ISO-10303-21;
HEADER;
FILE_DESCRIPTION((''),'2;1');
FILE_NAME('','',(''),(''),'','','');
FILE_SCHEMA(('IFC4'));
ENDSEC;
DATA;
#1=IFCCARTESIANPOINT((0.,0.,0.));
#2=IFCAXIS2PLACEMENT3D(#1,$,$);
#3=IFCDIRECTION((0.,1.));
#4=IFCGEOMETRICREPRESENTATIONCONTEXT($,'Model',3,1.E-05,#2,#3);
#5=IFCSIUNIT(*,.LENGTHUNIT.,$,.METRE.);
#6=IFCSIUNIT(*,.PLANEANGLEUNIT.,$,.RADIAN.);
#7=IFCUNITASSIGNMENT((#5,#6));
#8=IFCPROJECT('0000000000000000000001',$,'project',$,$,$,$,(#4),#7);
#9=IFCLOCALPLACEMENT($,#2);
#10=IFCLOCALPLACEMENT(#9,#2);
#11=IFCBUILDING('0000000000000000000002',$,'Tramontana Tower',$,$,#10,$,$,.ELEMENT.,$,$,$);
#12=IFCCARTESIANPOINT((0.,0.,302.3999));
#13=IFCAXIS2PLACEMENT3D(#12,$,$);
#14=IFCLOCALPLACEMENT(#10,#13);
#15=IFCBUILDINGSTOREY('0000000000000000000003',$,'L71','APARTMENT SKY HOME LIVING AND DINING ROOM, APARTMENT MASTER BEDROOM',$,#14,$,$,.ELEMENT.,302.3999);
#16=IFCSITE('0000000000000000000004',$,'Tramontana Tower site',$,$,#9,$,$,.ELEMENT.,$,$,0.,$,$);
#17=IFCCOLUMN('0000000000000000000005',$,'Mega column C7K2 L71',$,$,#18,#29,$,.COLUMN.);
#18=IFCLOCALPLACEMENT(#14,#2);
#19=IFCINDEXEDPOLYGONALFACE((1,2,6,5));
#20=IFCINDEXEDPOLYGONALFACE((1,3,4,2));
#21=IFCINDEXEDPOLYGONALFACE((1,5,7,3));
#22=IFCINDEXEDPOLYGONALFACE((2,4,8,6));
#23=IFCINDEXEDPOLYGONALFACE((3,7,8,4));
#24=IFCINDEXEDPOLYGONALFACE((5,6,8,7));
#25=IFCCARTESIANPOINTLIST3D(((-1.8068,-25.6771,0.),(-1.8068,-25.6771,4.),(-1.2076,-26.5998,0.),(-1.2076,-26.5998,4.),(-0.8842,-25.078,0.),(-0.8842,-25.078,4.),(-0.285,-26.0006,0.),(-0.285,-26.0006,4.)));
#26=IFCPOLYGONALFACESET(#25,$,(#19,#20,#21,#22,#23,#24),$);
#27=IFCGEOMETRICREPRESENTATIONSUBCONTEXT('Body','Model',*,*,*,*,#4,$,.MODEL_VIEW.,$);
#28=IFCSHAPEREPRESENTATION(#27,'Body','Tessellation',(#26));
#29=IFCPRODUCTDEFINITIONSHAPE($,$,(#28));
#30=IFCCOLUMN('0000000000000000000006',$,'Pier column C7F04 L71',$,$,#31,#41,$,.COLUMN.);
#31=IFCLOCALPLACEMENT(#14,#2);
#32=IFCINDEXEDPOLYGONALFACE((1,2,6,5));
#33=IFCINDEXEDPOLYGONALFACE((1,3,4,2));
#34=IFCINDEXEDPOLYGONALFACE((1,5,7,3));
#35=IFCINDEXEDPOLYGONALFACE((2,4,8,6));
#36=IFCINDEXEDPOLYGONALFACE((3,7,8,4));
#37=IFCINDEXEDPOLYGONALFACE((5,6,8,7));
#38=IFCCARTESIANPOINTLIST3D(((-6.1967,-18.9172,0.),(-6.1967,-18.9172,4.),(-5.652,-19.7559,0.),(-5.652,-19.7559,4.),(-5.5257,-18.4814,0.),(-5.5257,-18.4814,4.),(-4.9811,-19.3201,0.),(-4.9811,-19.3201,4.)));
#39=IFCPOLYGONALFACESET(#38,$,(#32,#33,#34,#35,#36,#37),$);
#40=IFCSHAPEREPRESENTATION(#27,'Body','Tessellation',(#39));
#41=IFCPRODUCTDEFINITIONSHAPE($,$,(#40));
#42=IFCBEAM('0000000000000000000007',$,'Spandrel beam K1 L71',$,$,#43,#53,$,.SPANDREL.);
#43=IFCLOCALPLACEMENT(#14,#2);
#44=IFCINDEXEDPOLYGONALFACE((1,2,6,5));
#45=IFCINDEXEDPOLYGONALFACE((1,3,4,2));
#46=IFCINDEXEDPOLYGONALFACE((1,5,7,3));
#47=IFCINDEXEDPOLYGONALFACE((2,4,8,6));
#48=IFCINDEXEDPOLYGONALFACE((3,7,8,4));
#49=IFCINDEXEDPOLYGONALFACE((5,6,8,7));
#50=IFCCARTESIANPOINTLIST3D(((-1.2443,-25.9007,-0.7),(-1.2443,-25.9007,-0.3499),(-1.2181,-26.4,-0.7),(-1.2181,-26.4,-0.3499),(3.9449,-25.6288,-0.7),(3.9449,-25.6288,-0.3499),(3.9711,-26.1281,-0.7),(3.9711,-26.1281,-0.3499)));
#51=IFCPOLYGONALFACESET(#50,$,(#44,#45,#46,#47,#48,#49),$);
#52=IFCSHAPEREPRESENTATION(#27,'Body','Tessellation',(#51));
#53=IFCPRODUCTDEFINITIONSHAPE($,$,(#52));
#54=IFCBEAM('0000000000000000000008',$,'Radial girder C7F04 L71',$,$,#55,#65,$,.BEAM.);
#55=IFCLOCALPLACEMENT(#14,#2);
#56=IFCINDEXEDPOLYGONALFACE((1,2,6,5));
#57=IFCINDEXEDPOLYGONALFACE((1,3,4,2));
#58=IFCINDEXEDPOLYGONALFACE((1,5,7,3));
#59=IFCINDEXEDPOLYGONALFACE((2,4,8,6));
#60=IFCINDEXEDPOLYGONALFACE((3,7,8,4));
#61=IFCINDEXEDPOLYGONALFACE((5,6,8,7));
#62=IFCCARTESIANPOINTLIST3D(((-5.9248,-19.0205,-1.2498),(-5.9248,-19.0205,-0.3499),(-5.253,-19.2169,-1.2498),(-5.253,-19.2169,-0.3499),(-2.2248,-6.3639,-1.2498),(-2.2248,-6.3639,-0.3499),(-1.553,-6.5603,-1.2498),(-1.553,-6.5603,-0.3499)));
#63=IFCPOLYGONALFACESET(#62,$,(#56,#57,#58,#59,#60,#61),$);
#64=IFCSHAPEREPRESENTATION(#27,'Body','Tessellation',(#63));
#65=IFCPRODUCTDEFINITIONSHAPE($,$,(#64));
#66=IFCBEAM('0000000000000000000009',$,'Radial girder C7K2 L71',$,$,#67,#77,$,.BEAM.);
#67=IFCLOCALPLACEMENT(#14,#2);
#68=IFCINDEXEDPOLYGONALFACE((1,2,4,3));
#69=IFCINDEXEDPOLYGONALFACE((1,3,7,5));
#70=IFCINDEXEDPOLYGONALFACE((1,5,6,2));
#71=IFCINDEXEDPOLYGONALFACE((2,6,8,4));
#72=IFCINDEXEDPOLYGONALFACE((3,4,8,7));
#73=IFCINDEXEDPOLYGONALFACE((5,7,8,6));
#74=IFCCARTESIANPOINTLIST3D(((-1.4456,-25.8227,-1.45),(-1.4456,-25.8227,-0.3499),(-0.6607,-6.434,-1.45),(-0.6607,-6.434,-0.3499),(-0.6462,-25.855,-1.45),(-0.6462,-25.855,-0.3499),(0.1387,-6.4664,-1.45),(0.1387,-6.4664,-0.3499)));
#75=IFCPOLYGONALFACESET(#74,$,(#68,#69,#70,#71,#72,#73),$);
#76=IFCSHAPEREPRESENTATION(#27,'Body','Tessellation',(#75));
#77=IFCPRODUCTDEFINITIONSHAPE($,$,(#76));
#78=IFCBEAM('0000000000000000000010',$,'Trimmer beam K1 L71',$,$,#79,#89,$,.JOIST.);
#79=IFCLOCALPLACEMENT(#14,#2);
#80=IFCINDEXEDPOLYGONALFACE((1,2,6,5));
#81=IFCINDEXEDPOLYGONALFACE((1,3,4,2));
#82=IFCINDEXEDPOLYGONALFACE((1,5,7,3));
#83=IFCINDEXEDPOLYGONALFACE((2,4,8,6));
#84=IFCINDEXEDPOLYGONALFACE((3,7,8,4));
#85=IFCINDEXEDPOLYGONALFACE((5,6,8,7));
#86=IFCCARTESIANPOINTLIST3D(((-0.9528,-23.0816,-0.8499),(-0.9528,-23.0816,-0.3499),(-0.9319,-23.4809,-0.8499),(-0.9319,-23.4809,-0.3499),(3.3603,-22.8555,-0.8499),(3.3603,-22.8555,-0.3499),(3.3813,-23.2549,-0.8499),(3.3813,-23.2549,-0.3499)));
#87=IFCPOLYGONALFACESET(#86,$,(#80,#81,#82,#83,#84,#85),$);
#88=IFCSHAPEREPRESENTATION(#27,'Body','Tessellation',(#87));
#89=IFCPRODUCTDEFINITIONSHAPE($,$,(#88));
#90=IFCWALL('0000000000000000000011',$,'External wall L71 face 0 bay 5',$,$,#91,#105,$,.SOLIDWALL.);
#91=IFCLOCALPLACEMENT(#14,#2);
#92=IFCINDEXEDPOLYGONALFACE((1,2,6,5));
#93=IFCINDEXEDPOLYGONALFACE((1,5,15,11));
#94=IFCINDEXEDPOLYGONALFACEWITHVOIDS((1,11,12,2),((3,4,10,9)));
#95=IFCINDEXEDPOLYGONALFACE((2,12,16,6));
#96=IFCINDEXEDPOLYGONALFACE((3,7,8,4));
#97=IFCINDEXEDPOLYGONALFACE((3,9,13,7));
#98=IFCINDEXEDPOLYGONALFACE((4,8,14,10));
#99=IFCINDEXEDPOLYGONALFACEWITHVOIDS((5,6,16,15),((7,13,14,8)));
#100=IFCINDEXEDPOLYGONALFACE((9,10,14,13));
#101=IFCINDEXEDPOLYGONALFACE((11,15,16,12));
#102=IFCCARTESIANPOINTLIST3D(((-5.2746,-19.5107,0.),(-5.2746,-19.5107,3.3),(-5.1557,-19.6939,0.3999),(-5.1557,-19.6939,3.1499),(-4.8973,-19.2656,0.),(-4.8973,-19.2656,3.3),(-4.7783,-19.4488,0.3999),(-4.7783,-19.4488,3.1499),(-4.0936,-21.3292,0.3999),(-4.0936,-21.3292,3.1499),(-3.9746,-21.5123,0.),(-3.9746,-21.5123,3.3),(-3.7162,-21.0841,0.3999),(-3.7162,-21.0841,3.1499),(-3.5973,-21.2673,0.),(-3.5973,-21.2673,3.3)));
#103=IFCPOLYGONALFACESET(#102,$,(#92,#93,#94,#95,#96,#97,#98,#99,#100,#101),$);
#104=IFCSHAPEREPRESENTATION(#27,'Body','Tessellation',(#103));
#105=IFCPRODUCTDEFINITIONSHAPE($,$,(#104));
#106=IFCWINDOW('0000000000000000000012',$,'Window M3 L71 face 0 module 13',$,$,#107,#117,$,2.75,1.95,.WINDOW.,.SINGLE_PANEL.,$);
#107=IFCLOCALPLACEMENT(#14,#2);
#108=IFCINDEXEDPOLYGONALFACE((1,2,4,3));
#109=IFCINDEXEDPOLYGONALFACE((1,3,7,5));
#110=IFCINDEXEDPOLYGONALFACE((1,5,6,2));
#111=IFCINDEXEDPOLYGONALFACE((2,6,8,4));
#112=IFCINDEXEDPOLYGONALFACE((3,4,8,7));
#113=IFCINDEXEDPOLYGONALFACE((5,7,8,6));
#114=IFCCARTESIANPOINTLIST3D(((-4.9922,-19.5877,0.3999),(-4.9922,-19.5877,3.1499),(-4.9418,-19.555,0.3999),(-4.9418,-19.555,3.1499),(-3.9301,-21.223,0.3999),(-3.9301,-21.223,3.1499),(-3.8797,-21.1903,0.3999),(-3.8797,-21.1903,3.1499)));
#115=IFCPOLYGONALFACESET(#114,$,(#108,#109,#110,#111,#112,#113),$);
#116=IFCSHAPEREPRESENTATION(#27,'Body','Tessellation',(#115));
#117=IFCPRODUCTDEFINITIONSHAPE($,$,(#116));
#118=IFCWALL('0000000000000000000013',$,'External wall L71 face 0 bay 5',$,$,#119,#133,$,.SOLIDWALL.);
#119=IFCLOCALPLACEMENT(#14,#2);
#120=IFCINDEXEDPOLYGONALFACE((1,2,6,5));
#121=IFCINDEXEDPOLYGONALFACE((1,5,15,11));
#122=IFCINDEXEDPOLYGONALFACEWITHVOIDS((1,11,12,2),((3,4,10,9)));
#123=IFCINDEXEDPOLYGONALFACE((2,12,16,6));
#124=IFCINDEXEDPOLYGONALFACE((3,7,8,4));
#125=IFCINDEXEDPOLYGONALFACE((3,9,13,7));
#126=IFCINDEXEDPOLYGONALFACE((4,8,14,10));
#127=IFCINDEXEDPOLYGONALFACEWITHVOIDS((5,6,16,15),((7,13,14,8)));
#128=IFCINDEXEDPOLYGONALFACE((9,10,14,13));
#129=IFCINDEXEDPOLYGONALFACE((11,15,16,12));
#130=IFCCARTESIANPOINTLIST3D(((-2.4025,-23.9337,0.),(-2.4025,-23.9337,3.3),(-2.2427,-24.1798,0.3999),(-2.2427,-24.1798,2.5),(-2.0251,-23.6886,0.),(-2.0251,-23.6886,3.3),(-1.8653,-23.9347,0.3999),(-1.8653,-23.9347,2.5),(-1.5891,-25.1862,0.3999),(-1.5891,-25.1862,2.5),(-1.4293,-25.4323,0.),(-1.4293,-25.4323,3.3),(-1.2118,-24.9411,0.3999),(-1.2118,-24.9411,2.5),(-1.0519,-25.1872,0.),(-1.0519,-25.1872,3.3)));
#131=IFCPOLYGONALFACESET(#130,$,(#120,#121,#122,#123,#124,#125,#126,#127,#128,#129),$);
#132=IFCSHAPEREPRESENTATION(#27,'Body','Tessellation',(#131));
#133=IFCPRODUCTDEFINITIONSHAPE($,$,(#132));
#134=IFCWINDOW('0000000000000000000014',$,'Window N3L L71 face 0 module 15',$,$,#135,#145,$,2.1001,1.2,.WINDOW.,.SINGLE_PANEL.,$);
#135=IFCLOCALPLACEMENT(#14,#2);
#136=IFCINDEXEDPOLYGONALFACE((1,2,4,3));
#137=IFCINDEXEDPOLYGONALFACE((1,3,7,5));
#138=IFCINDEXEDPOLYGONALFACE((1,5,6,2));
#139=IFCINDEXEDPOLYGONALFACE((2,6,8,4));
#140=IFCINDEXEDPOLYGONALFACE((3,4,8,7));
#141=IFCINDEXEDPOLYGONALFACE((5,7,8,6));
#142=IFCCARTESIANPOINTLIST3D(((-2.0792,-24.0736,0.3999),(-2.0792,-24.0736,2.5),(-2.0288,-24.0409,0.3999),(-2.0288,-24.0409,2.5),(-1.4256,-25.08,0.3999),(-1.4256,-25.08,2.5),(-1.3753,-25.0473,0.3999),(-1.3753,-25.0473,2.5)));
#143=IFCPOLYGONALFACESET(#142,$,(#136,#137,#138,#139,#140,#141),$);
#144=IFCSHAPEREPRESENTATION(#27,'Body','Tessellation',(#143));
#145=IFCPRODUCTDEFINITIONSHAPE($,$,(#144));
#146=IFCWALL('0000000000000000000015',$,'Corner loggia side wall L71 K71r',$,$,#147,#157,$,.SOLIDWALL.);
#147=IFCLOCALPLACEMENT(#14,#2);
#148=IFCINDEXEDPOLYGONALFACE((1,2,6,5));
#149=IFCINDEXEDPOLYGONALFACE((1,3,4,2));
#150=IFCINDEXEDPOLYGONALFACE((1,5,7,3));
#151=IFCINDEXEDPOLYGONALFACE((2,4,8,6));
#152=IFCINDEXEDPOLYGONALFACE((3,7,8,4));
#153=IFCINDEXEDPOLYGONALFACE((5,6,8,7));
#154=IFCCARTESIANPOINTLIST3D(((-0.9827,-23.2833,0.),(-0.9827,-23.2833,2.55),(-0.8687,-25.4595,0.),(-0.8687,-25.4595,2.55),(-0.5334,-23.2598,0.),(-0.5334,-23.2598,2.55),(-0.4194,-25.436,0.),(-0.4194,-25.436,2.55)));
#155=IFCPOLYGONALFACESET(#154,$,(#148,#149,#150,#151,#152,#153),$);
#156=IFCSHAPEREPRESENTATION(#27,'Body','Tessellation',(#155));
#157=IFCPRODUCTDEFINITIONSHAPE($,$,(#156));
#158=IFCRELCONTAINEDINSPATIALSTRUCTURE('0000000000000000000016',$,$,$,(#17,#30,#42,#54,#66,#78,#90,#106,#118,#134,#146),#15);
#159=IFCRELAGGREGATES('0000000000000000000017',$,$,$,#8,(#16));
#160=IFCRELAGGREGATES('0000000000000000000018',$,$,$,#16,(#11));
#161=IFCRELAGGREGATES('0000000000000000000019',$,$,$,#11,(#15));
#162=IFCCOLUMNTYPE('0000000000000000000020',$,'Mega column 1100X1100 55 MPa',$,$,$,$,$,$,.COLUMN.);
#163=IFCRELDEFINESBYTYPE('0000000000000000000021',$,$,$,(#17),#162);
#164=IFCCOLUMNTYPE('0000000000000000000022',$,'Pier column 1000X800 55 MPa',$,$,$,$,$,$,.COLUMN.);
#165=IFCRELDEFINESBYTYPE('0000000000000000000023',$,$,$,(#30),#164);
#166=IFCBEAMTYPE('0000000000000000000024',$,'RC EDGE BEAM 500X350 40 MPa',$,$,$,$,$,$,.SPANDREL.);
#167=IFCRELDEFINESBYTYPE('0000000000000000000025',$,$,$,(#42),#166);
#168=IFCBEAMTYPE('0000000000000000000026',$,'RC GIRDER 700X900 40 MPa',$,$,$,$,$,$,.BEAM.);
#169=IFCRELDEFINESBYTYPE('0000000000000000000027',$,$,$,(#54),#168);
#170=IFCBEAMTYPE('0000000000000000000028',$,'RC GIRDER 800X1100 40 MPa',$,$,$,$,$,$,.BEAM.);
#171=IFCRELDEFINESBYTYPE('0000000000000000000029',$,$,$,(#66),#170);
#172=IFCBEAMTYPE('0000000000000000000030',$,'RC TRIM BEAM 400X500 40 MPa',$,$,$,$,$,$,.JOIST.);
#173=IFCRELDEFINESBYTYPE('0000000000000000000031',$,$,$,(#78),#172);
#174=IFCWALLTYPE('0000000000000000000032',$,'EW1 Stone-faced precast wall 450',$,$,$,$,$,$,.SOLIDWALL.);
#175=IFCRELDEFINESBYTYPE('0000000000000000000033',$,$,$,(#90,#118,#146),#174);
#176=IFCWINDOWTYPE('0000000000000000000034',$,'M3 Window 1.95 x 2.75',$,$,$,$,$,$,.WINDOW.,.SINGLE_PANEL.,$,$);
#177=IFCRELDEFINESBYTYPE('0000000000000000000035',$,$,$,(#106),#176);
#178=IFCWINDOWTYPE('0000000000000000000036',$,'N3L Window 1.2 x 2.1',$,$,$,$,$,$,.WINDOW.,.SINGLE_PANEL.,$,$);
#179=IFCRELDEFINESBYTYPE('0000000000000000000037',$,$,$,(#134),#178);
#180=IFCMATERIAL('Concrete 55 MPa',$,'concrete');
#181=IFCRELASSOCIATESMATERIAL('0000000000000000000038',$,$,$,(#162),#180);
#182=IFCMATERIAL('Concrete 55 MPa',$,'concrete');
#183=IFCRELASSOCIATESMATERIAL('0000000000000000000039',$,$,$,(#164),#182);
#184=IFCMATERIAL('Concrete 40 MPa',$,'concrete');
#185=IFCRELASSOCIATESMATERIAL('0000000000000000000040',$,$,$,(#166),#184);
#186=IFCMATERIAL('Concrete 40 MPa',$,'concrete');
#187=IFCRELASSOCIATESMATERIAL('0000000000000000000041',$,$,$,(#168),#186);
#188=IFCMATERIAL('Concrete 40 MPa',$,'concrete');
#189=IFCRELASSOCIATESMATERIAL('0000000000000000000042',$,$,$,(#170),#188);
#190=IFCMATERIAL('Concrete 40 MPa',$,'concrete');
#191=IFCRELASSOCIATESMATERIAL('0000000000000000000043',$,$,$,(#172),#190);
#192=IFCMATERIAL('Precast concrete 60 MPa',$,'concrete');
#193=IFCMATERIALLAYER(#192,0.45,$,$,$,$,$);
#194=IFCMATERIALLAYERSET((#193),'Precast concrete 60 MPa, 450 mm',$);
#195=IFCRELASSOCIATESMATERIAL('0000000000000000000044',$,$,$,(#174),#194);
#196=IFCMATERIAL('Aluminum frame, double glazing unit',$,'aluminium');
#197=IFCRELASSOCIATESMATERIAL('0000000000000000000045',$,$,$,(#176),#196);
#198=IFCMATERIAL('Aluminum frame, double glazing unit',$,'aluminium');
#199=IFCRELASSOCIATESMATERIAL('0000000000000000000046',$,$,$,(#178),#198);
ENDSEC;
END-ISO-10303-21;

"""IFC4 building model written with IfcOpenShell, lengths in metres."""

from ifc_helpers import new_model, si_unit, direction, frame, frame_2d, origin, origin_2d, place, context, subcontext, project, spatial, rectangle, extrude, material, layer, layer_set, material_profile, profile_set, type_object, element, fill, save


model = new_model("IFC4")

# Units and contexts
model_context = context("Model", 3, precision=1e-05, world=origin(), true_north=direction((0.0, 1.0)))
body_context = subcontext(model_context, "Body", "Model", "MODEL_VIEW")
ifc_project = project(units=[si_unit("LENGTHUNIT", "METRE"), si_unit("PLANEANGLEUNIT", "RADIAN")], contexts=[model_context])

# Site, building, storey
site_placement = place(None, origin())
site = spatial("IfcSite", under=ifc_project, at=site_placement, Name="Tramontana Tower site", CompositionType="ELEMENT", RefElevation=0.0)
building_placement = place(site_placement, origin())
building = spatial("IfcBuilding", under=site, at=building_placement, Name="Tramontana Tower", CompositionType="ELEMENT")
storey_placement = place(building_placement, frame((0.0, 0.0, 302.3999)))
storey = spatial("IfcBuildingStorey", under=building, at=storey_placement, Name="L71", Description="APARTMENT SKY HOME LIVING AND DINING ROOM, APARTMENT MASTER BEDROOM", CompositionType="ELEMENT", Elevation=302.3999)

# Columns
ifc_material_1 = material(Name="Concrete 55 MPa", Category="concrete")
ifc_material_profile_1 = material_profile(ifc_material_1, rectangle(XDim=1.1001, YDim=1.1001, at=origin_2d()), Name="Mega column 1100X1100 55 MPa")
ifc_profile_set_1 = profile_set([ifc_material_profile_1], Name="Concrete 55 MPa")
column_type_1 = type_object("IfcColumnType", Name="Mega column 1100X1100 55 MPa", PredefinedType="COLUMN", material=ifc_profile_set_1)
column_1_placement = place(storey_placement, frame((-1.0459, -25.8389, 0.0), z_axis=(0.0, 0.0, 1.0), x_axis=(0.544639, -0.838671, 0.0)))
element("IfcColumn", 1, at=column_1_placement, inside=storey, type_object=column_type_1, Name="Mega column C7K2 L71", PredefinedType="COLUMN", context=body_context, shape_type="SweptSolid", body=[
    extrude(rectangle(XDim=1.1001, YDim=1.1001, at=origin_2d()), origin(), (0.0, 0.0, 1.0), 4.0),
])
ifc_material_2 = material(Name="Concrete 55 MPa", Category="concrete")
ifc_material_profile_2 = material_profile(ifc_material_2, rectangle(XDim=1.0, YDim=0.8, at=origin_2d()), Name="Pier column 1000X800 55 MPa")
ifc_profile_set_2 = profile_set([ifc_material_profile_2], Name="Concrete 55 MPa")
column_type_2 = type_object("IfcColumnType", Name="Pier column 1000X800 55 MPa", PredefinedType="COLUMN", material=ifc_profile_set_2)
column_2_placement = place(storey_placement, frame((-5.5889, -19.1187, 0.0), z_axis=(0.0, 0.0, 1.0), x_axis=(0.544639, -0.838671, 0.0)))
element("IfcColumn", 2, at=column_2_placement, inside=storey, type_object=column_type_2, Name="Pier column C7F04 L71", PredefinedType="COLUMN", context=body_context, shape_type="SweptSolid", body=[
    extrude(rectangle(XDim=1.0, YDim=0.8, at=origin_2d()), origin(), (0.0, 0.0, 1.0), 4.0),
])

# Beams
ifc_material_3 = material(Name="Concrete 40 MPa", Category="concrete")
ifc_material_profile_3 = material_profile(ifc_material_3, rectangle(XDim=0.5, YDim=0.3501, at=origin_2d()), Name="RC EDGE BEAM 500X350 40 MPa")
ifc_profile_set_3 = profile_set([ifc_material_profile_3], Name="Concrete 40 MPa")
beam_type_1 = type_object("IfcBeamType", Name="RC EDGE BEAM 500X350 40 MPa", PredefinedType="SPANDREL", material=ifc_profile_set_3)
beam_1_placement = place(storey_placement, frame((-1.2312, -26.1504, -0.5249), z_axis=(0.998629, 0.052339, 0.0), x_axis=(-0.052339, 0.998629, 0.0)))
element("IfcBeam", 3, at=beam_1_placement, inside=storey, type_object=beam_type_1, Name="Spandrel beam K1 L71", PredefinedType="SPANDREL", context=body_context, shape_type="SweptSolid", body=[
    extrude(rectangle(XDim=0.5, YDim=0.3501, at=origin_2d()), origin(), (0.0, 0.0, 1.0), 5.1963),
])
ifc_material_4 = material(Name="Concrete 40 MPa", Category="concrete")
ifc_material_profile_4 = material_profile(ifc_material_4, rectangle(XDim=0.7, YDim=0.8999, at=origin_2d()), Name="RC GIRDER 700X900 40 MPa")
ifc_profile_set_4 = profile_set([ifc_material_profile_4], Name="Concrete 40 MPa")
beam_type_2 = type_object("IfcBeamType", Name="RC GIRDER 700X900 40 MPa", PredefinedType="BEAM", material=ifc_profile_set_4)
beam_2_placement = place(storey_placement, frame((-5.5889, -19.1187, -0.7998), z_axis=(0.280592, 0.959827, 0.0), x_axis=(-0.959827, 0.280592, 0.0)))
element("IfcBeam", 4, at=beam_2_placement, inside=storey, type_object=beam_type_2, Name="Radial girder C7F04 L71", PredefinedType="BEAM", context=body_context, shape_type="SweptSolid", body=[
    extrude(rectangle(XDim=0.7, YDim=0.8999, at=origin_2d()), origin(), (0.0, 0.0, 1.0), 13.1863),
])
ifc_material_5 = material(Name="Concrete 40 MPa", Category="concrete")
ifc_material_profile_5 = material_profile(ifc_material_5, rectangle(XDim=0.8, YDim=1.1001, at=origin_2d()), Name="RC GIRDER 800X1100 40 MPa")
ifc_profile_set_5 = profile_set([ifc_material_profile_5], Name="Concrete 40 MPa")
beam_type_3 = type_object("IfcBeamType", Name="RC GIRDER 800X1100 40 MPa", PredefinedType="BEAM", material=ifc_profile_set_5)
beam_3_placement = place(storey_placement, frame((-1.0459, -25.8389, -0.8999), z_axis=(0.04045, 0.999182, 0.0), x_axis=(-0.999182, 0.04045, 0.0)))
element("IfcBeam", 5, at=beam_3_placement, inside=storey, type_object=beam_type_3, Name="Radial girder C7K2 L71", PredefinedType="BEAM", context=body_context, shape_type="SweptSolid", body=[
    extrude(rectangle(XDim=0.8, YDim=1.1001, at=origin_2d()), origin(), (0.0, 0.0, 1.0), 19.4045),
])
ifc_material_6 = material(Name="Concrete 40 MPa", Category="concrete")
ifc_material_profile_6 = material_profile(ifc_material_6, rectangle(XDim=0.3999, YDim=0.5, at=origin_2d()), Name="RC TRIM BEAM 400X500 40 MPa")
ifc_profile_set_6 = profile_set([ifc_material_profile_6], Name="Concrete 40 MPa")
beam_type_4 = type_object("IfcBeamType", Name="RC TRIM BEAM 400X500 40 MPa", PredefinedType="JOIST", material=ifc_profile_set_6)
beam_4_placement = place(storey_placement, frame((-0.9424, -23.2812, -0.5999), z_axis=(0.998629, 0.052342, 0.0), x_axis=(-0.052342, 0.998629, 0.0)))
element("IfcBeam", 6, at=beam_4_placement, inside=storey, type_object=beam_type_4, Name="Trimmer beam K1 L71", PredefinedType="JOIST", context=body_context, shape_type="SweptSolid", body=[
    extrude(rectangle(XDim=0.3999, YDim=0.5, at=origin_2d()), origin(), (0.0, 0.0, 1.0), 4.3191),
])

# Walls, openings, windows
ifc_material_7 = material(Name="Precast concrete 60 MPa", Category="concrete")
ifc_layer_1 = layer(ifc_material_7, 0.45)
ifc_layer_set_1 = layer_set([ifc_layer_1], Name="Precast concrete 60 MPa, 450 mm")
wall_type_1 = type_object("IfcWallType", Name="EW1 Stone-faced precast wall 450", PredefinedType="SOLIDWALL", material=ifc_layer_set_1)
wall_1_placement = place(storey_placement, frame((-5.0859, -19.3882, 0.0), z_axis=(0.0, 0.0, 1.0), x_axis=(0.544676, -0.838647, 0.0)))
wall_1 = element("IfcWall", 7, at=wall_1_placement, inside=storey, type_object=wall_type_1, Name="External wall L71 face 0 bay 5", PredefinedType="SOLIDWALL", context=body_context, shape_type="SweptSolid", body=[
    extrude(rectangle(XDim=2.3867, YDim=0.45, at=frame_2d((1.1934, 0.0))), origin(), (0.0, 0.0, 1.0), 3.3),
])
opening_1_placement = place(wall_1_placement, frame((0.2183, 0.0, 0.3999)))
opening_1 = element("IfcOpeningElement", 8, at=opening_1_placement, cuts=wall_1, PredefinedType="OPENING", context=body_context, shape_type="SweptSolid", body=[
    extrude(rectangle(XDim=1.95, YDim=2.75, at=frame_2d((0.9751, 1.375))), frame((0.0, 0.2349, 0.0), z_axis=(0.0, -1.0, 0.0), x_axis=(1.0, 0.0, 0.0)), (0.0, 0.0, 1.0), 0.47),
])
ifc_material_8 = material(Name="Aluminum frame, double glazing unit", Category="aluminium")
window_type_1 = type_object("IfcWindowType", Name="M3 Window 1.95 x 2.75", PartitioningType="SINGLE_PANEL", PredefinedType="WINDOW", material=ifc_material_8)
window_1_placement = place(opening_1_placement, origin())
window_1 = element("IfcWindow", 9, at=window_1_placement, inside=storey, type_object=window_type_1, Name="Window M3 L71 face 0 module 13", OverallHeight=2.75, OverallWidth=1.95, PartitioningType="SINGLE_PANEL", PredefinedType="WINDOW", context=body_context, shape_type="SweptSolid", body=[
    extrude(rectangle(XDim=1.95, YDim=2.75, at=frame_2d((0.9751, 1.375))), frame((0.0, 0.03, 0.0), z_axis=(0.0, -1.0, 0.0), x_axis=(1.0, 0.0, 0.0)), (0.0, 0.0, 1.0), 0.0601),
])
fill(opening_1, window_1)
wall_2_placement = place(storey_placement, frame((-2.2139, -23.811, 0.0), z_axis=(0.0, 0.0, 1.0), x_axis=(0.544633, -0.838675, 0.0)))
wall_2 = element("IfcWall", 10, at=wall_2_placement, inside=storey, type_object=wall_type_1, Name="External wall L71 face 0 bay 5", PredefinedType="SOLIDWALL", context=body_context, shape_type="SweptSolid", body=[
    extrude(rectangle(XDim=1.7869, YDim=0.45, at=frame_2d((0.8936, 0.0))), origin(), (0.0, 0.0, 1.0), 3.3),
])
opening_2_placement = place(wall_2_placement, frame((0.2935, 0.0, 0.3999)))
opening_2 = element("IfcOpeningElement", 11, at=opening_2_placement, cuts=wall_2, PredefinedType="OPENING", context=body_context, shape_type="SweptSolid", body=[
    extrude(rectangle(XDim=1.2, YDim=2.1001, at=frame_2d((0.6001, 1.05))), frame((0.0, 0.2349, 0.0), z_axis=(0.0, -1.0, 0.0), x_axis=(1.0, 0.0, 0.0)), (0.0, 0.0, 1.0), 0.47),
])
ifc_material_9 = material(Name="Aluminum frame, double glazing unit", Category="aluminium")
window_type_2 = type_object("IfcWindowType", Name="N3L Window 1.2 x 2.1", PartitioningType="SINGLE_PANEL", PredefinedType="WINDOW", material=ifc_material_9)
window_2_placement = place(opening_2_placement, origin())
window_2 = element("IfcWindow", 12, at=window_2_placement, inside=storey, type_object=window_type_2, Name="Window N3L L71 face 0 module 15", OverallHeight=2.1001, OverallWidth=1.2, PartitioningType="SINGLE_PANEL", PredefinedType="WINDOW", context=body_context, shape_type="SweptSolid", body=[
    extrude(rectangle(XDim=1.2, YDim=2.1001, at=frame_2d((0.6001, 1.05))), frame((0.0, 0.03, 0.0), z_axis=(0.0, -1.0, 0.0), x_axis=(1.0, 0.0, 0.0)), (0.0, 0.0, 1.0), 0.0601),
])
fill(opening_2, window_2)

# Wall
wall_3_placement = place(storey_placement, frame((-0.644, -25.4478, 0.0), z_axis=(0.0, 0.0, 1.0), x_axis=(-0.052318, 0.99863, 0.0)))
element("IfcWall", 13, at=wall_3_placement, inside=storey, type_object=wall_type_1, Name="Corner loggia side wall L71 K71r", PredefinedType="SOLIDWALL", context=body_context, shape_type="SweptSolid", body=[
    extrude(rectangle(XDim=2.1792, YDim=0.45, at=frame_2d((1.0896, 0.0))), origin(), (0.0, 0.0, 1.0), 2.55),
])

save(model, "model.ifc")
